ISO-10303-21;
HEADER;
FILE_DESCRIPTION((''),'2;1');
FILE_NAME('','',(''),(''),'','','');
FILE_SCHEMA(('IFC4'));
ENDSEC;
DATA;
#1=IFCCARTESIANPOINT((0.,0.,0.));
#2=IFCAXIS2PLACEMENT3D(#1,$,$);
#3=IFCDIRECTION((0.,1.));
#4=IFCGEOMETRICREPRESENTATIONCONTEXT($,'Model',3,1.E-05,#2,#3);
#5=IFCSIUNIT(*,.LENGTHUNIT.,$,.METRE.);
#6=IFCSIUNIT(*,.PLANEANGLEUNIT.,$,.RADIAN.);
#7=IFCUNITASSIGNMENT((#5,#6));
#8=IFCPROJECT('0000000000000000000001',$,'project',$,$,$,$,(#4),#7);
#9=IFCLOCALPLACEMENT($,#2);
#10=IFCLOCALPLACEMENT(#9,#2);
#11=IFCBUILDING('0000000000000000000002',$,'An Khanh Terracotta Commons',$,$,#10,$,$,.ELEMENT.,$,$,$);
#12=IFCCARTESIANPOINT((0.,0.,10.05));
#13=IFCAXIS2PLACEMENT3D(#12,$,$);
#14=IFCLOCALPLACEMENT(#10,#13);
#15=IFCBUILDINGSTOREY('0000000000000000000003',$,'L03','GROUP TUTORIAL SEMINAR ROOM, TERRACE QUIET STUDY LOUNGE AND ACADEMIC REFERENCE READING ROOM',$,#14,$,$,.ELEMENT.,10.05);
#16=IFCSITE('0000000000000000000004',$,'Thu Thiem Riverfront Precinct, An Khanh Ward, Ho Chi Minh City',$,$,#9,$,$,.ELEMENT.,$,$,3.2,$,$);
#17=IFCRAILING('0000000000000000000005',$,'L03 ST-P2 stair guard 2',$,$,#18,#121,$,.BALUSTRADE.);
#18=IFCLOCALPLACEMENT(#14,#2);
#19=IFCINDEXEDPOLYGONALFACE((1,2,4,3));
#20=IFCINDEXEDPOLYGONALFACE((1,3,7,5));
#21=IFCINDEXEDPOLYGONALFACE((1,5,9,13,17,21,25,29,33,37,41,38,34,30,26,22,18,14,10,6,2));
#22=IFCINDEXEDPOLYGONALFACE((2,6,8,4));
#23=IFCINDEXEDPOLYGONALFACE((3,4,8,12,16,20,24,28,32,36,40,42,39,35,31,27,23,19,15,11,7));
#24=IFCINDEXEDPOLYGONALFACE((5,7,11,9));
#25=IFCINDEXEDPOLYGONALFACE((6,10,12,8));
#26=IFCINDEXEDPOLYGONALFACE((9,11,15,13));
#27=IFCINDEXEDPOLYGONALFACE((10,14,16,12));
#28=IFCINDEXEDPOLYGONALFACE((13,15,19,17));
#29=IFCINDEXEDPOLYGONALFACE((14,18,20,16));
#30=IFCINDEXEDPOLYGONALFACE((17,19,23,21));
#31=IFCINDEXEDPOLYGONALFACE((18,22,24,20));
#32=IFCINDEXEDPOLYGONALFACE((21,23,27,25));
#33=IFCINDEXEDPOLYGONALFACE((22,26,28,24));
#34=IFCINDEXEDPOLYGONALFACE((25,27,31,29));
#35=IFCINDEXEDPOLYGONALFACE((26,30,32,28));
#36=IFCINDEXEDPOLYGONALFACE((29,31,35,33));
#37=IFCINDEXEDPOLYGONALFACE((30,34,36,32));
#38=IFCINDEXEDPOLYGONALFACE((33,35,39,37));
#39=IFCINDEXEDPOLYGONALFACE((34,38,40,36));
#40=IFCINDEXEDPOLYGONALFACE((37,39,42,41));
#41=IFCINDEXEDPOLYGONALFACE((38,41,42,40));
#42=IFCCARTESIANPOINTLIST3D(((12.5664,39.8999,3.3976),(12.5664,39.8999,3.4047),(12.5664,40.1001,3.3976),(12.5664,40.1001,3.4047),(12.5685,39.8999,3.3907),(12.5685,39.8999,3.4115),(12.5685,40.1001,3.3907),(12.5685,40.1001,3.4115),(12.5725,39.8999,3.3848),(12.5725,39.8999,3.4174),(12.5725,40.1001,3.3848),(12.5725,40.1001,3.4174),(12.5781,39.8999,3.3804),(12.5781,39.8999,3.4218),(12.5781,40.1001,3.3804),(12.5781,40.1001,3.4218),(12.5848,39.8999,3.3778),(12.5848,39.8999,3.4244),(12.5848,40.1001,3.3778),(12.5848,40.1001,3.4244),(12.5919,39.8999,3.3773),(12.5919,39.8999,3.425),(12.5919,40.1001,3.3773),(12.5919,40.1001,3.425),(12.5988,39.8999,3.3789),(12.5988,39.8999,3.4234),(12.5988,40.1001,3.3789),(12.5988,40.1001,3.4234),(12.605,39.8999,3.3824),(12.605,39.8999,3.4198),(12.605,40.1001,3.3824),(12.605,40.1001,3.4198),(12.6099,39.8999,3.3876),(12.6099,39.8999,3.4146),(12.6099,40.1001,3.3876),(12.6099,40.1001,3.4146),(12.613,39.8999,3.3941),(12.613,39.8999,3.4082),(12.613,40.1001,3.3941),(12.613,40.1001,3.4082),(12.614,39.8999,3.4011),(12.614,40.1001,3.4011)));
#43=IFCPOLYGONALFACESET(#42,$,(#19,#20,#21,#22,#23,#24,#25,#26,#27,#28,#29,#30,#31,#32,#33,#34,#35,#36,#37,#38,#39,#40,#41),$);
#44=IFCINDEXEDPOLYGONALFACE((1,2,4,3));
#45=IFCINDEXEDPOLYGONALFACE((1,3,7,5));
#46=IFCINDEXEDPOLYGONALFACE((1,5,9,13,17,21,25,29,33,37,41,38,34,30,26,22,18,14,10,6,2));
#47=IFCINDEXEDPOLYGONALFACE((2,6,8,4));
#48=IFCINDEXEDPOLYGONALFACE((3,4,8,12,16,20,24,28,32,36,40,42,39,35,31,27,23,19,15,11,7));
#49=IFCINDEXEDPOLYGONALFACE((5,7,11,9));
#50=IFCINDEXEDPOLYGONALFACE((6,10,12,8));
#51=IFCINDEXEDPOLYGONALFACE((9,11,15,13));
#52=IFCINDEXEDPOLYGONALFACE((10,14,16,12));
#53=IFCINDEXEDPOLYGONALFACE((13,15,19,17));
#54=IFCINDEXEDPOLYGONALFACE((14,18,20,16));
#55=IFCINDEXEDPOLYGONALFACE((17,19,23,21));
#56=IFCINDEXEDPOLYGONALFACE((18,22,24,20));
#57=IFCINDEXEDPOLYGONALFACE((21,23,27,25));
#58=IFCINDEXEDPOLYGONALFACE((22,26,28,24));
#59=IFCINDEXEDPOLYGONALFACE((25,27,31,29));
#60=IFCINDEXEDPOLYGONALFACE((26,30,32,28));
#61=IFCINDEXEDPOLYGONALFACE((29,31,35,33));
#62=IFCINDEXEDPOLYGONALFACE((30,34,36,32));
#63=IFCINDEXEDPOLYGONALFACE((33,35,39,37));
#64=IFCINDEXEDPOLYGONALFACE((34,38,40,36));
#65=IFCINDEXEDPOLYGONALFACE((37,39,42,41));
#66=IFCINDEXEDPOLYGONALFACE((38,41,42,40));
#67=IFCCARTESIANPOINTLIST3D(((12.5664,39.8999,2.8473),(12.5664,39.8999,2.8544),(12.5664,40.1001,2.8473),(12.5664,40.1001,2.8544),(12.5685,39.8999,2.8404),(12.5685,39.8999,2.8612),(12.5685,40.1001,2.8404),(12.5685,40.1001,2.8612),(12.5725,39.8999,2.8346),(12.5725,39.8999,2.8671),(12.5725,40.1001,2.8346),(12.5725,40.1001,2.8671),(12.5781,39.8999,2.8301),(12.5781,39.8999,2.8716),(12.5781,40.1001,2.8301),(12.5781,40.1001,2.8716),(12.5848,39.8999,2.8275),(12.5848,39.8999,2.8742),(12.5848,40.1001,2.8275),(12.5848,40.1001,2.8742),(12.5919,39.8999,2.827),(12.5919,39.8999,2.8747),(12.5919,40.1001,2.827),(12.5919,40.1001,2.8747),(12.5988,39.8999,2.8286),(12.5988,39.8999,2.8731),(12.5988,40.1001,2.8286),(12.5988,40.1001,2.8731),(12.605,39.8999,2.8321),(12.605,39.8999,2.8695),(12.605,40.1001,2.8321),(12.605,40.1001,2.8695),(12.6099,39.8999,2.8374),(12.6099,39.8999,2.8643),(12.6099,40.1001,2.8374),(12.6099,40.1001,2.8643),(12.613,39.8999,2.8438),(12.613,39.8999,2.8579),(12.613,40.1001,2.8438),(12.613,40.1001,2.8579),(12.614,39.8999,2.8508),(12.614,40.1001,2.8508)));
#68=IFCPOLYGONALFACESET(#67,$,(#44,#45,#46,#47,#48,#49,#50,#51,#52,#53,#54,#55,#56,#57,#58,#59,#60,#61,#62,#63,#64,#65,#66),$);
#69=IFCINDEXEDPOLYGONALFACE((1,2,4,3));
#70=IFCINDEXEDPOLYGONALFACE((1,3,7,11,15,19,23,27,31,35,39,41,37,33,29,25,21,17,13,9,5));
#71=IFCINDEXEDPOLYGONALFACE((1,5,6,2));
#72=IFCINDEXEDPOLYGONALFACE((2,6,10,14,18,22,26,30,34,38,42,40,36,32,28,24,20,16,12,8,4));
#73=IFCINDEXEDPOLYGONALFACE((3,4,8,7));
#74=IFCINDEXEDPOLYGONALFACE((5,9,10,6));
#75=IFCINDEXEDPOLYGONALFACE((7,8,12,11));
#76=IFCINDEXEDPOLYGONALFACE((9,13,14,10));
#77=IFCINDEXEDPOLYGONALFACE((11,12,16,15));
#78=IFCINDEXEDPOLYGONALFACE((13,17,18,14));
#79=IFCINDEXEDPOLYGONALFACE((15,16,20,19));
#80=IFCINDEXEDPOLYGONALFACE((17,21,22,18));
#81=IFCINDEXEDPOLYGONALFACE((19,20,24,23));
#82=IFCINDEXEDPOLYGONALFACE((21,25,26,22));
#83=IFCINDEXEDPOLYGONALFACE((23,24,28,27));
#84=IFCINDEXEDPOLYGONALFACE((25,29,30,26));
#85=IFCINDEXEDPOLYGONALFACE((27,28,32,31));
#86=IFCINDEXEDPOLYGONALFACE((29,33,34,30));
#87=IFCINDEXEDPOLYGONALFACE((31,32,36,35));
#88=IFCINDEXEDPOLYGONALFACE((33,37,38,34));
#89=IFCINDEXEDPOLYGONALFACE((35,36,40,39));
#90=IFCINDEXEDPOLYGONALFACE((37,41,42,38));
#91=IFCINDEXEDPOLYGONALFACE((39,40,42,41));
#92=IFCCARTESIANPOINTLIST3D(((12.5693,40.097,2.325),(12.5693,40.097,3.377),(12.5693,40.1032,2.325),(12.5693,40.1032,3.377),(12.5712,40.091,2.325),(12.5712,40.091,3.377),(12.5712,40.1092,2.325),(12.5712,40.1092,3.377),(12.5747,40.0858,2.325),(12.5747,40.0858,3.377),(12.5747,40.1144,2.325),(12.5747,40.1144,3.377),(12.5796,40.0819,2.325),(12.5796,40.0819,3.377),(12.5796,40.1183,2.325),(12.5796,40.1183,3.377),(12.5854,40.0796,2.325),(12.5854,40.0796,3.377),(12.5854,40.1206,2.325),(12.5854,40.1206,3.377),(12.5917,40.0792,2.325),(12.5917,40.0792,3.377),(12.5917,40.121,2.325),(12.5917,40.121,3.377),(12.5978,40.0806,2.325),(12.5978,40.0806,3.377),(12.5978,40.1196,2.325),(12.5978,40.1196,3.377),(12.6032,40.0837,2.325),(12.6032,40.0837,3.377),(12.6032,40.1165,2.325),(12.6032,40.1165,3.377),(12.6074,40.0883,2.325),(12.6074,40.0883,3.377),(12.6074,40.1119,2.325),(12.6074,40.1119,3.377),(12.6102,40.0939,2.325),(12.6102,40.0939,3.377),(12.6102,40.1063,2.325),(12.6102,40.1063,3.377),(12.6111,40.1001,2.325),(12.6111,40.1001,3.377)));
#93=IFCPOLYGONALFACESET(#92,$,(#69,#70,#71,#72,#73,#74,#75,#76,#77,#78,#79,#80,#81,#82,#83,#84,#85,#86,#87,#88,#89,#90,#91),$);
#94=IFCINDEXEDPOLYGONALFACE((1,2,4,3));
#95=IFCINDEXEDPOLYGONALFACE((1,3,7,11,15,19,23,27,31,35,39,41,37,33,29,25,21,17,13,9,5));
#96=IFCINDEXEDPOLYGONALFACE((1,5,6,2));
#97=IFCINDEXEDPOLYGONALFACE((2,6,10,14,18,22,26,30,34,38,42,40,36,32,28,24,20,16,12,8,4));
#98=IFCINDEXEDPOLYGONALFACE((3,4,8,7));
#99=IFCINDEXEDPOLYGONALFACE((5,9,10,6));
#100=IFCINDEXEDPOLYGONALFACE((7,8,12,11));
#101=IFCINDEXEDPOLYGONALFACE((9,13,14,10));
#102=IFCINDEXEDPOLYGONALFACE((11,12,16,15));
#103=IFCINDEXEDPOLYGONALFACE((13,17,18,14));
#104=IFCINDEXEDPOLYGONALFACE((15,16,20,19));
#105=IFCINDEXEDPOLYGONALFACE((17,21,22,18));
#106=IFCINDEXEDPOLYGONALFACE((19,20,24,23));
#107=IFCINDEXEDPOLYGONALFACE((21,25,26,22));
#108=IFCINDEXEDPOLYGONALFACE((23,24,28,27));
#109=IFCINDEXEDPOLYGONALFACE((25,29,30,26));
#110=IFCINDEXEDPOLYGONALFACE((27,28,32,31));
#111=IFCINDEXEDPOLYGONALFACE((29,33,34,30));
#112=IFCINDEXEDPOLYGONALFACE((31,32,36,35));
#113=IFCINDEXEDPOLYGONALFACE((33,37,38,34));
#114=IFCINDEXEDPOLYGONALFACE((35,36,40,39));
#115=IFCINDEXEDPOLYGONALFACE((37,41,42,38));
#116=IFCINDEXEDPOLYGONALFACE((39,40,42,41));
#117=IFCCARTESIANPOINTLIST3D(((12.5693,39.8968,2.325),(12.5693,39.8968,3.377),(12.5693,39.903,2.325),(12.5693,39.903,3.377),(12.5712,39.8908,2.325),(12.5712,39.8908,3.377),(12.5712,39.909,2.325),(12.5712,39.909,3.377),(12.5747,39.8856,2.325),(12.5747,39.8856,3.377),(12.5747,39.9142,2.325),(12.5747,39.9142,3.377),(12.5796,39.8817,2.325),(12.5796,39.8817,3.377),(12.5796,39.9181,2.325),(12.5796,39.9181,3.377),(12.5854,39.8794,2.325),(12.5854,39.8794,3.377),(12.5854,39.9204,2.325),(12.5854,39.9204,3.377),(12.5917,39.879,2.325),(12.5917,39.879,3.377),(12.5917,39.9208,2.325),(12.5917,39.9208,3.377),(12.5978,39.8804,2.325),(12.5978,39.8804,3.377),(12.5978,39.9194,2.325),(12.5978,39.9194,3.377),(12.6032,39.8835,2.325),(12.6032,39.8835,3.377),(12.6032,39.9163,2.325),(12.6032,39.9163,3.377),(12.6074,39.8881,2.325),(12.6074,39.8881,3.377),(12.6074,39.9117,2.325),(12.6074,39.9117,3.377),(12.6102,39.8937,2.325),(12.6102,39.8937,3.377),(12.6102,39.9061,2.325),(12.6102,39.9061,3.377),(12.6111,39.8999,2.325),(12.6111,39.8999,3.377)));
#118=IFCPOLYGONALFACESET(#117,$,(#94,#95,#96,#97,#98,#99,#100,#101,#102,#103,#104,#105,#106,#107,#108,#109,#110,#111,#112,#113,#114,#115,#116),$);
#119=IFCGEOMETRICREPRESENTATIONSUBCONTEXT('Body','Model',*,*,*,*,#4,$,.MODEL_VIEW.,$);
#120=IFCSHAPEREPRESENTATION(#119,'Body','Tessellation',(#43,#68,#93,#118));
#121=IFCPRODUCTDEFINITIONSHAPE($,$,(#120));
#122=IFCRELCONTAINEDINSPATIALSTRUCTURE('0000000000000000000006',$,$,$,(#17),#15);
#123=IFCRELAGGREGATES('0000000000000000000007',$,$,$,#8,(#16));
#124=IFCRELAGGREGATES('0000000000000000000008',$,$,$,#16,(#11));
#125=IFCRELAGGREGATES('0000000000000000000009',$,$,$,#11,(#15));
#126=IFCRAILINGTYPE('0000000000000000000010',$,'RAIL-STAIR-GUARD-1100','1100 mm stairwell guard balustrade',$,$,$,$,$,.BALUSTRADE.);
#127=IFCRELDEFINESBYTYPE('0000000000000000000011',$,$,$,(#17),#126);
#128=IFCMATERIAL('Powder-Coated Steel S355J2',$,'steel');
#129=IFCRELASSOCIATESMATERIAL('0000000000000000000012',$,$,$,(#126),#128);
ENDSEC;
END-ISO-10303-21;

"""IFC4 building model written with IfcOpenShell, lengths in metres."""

from ifc_helpers import new_model, si_unit, direction, frame, origin, origin_2d, place, context, subcontext, project, spatial, circle, extrude, material, type_object, element, save


model = new_model("IFC4")

# Units and contexts
model_context = context("Model", 3, precision=1e-05, world=origin(), true_north=direction((0.0, 1.0)))
body_context = subcontext(model_context, "Body", "Model", "MODEL_VIEW")
ifc_project = project(units=[si_unit("LENGTHUNIT", "METRE"), si_unit("PLANEANGLEUNIT", "RADIAN")], contexts=[model_context])

# Site, building, storey
site_placement = place(None, origin())
site = spatial("IfcSite", under=ifc_project, at=site_placement, Name="Thu Thiem Riverfront Precinct, An Khanh Ward, Ho Chi Minh City", CompositionType="ELEMENT", RefElevation=3.2)
building_placement = place(site_placement, origin())
building = spatial("IfcBuilding", under=site, at=building_placement, Name="An Khanh Terracotta Commons", CompositionType="ELEMENT")
storey_placement = place(building_placement, frame((0.0, 0.0, 10.05)))
storey = spatial("IfcBuildingStorey", under=building, at=storey_placement, Name="L03", Description="GROUP TUTORIAL SEMINAR ROOM, TERRACE QUIET STUDY LOUNGE AND ACADEMIC REFERENCE READING ROOM", CompositionType="ELEMENT", Elevation=10.05)

# Railing
ifc_material_1 = material(Name="Powder-Coated Steel S355J2", Category="steel")
railing_type_1 = type_object("IfcRailingType", Name="RAIL-STAIR-GUARD-1100", Description="1100 mm stairwell guard balustrade", PredefinedType="BALUSTRADE", material=ifc_material_1)
railing_1_placement = place(storey_placement, frame((12.5901, 40.1001, 2.325)))
element("IfcRailing", 1, at=railing_1_placement, inside=storey, type_object=railing_type_1, Name="L03 ST-P2 stair guard 2", PredefinedType="BALUSTRADE", context=body_context, shape_type="SweptSolid", body=[
    extrude(circle(Radius=0.0239, at=origin_2d()), frame((0.0, 0.0, 1.0762), z_axis=(0.0, -1.0, 0.0), x_axis=(1.0, 0.0, 0.0)), (0.0, 0.0, 1.0), 0.2002),
    extrude(circle(Radius=0.0239, at=origin_2d()), frame((0.0, 0.0, 0.5259), z_axis=(0.0, -1.0, 0.0), x_axis=(1.0, 0.0, 0.0)), (0.0, 0.0, 1.0), 0.2002),
    extrude(circle(Radius=0.021, at=origin_2d()), origin(), (0.0, 0.0, 1.0), 1.052),
    extrude(circle(Radius=0.021, at=origin_2d()), frame((0.0, -0.2002, 0.0)), (0.0, 0.0, 1.0), 1.052),
])

save(model, "model.ifc")
